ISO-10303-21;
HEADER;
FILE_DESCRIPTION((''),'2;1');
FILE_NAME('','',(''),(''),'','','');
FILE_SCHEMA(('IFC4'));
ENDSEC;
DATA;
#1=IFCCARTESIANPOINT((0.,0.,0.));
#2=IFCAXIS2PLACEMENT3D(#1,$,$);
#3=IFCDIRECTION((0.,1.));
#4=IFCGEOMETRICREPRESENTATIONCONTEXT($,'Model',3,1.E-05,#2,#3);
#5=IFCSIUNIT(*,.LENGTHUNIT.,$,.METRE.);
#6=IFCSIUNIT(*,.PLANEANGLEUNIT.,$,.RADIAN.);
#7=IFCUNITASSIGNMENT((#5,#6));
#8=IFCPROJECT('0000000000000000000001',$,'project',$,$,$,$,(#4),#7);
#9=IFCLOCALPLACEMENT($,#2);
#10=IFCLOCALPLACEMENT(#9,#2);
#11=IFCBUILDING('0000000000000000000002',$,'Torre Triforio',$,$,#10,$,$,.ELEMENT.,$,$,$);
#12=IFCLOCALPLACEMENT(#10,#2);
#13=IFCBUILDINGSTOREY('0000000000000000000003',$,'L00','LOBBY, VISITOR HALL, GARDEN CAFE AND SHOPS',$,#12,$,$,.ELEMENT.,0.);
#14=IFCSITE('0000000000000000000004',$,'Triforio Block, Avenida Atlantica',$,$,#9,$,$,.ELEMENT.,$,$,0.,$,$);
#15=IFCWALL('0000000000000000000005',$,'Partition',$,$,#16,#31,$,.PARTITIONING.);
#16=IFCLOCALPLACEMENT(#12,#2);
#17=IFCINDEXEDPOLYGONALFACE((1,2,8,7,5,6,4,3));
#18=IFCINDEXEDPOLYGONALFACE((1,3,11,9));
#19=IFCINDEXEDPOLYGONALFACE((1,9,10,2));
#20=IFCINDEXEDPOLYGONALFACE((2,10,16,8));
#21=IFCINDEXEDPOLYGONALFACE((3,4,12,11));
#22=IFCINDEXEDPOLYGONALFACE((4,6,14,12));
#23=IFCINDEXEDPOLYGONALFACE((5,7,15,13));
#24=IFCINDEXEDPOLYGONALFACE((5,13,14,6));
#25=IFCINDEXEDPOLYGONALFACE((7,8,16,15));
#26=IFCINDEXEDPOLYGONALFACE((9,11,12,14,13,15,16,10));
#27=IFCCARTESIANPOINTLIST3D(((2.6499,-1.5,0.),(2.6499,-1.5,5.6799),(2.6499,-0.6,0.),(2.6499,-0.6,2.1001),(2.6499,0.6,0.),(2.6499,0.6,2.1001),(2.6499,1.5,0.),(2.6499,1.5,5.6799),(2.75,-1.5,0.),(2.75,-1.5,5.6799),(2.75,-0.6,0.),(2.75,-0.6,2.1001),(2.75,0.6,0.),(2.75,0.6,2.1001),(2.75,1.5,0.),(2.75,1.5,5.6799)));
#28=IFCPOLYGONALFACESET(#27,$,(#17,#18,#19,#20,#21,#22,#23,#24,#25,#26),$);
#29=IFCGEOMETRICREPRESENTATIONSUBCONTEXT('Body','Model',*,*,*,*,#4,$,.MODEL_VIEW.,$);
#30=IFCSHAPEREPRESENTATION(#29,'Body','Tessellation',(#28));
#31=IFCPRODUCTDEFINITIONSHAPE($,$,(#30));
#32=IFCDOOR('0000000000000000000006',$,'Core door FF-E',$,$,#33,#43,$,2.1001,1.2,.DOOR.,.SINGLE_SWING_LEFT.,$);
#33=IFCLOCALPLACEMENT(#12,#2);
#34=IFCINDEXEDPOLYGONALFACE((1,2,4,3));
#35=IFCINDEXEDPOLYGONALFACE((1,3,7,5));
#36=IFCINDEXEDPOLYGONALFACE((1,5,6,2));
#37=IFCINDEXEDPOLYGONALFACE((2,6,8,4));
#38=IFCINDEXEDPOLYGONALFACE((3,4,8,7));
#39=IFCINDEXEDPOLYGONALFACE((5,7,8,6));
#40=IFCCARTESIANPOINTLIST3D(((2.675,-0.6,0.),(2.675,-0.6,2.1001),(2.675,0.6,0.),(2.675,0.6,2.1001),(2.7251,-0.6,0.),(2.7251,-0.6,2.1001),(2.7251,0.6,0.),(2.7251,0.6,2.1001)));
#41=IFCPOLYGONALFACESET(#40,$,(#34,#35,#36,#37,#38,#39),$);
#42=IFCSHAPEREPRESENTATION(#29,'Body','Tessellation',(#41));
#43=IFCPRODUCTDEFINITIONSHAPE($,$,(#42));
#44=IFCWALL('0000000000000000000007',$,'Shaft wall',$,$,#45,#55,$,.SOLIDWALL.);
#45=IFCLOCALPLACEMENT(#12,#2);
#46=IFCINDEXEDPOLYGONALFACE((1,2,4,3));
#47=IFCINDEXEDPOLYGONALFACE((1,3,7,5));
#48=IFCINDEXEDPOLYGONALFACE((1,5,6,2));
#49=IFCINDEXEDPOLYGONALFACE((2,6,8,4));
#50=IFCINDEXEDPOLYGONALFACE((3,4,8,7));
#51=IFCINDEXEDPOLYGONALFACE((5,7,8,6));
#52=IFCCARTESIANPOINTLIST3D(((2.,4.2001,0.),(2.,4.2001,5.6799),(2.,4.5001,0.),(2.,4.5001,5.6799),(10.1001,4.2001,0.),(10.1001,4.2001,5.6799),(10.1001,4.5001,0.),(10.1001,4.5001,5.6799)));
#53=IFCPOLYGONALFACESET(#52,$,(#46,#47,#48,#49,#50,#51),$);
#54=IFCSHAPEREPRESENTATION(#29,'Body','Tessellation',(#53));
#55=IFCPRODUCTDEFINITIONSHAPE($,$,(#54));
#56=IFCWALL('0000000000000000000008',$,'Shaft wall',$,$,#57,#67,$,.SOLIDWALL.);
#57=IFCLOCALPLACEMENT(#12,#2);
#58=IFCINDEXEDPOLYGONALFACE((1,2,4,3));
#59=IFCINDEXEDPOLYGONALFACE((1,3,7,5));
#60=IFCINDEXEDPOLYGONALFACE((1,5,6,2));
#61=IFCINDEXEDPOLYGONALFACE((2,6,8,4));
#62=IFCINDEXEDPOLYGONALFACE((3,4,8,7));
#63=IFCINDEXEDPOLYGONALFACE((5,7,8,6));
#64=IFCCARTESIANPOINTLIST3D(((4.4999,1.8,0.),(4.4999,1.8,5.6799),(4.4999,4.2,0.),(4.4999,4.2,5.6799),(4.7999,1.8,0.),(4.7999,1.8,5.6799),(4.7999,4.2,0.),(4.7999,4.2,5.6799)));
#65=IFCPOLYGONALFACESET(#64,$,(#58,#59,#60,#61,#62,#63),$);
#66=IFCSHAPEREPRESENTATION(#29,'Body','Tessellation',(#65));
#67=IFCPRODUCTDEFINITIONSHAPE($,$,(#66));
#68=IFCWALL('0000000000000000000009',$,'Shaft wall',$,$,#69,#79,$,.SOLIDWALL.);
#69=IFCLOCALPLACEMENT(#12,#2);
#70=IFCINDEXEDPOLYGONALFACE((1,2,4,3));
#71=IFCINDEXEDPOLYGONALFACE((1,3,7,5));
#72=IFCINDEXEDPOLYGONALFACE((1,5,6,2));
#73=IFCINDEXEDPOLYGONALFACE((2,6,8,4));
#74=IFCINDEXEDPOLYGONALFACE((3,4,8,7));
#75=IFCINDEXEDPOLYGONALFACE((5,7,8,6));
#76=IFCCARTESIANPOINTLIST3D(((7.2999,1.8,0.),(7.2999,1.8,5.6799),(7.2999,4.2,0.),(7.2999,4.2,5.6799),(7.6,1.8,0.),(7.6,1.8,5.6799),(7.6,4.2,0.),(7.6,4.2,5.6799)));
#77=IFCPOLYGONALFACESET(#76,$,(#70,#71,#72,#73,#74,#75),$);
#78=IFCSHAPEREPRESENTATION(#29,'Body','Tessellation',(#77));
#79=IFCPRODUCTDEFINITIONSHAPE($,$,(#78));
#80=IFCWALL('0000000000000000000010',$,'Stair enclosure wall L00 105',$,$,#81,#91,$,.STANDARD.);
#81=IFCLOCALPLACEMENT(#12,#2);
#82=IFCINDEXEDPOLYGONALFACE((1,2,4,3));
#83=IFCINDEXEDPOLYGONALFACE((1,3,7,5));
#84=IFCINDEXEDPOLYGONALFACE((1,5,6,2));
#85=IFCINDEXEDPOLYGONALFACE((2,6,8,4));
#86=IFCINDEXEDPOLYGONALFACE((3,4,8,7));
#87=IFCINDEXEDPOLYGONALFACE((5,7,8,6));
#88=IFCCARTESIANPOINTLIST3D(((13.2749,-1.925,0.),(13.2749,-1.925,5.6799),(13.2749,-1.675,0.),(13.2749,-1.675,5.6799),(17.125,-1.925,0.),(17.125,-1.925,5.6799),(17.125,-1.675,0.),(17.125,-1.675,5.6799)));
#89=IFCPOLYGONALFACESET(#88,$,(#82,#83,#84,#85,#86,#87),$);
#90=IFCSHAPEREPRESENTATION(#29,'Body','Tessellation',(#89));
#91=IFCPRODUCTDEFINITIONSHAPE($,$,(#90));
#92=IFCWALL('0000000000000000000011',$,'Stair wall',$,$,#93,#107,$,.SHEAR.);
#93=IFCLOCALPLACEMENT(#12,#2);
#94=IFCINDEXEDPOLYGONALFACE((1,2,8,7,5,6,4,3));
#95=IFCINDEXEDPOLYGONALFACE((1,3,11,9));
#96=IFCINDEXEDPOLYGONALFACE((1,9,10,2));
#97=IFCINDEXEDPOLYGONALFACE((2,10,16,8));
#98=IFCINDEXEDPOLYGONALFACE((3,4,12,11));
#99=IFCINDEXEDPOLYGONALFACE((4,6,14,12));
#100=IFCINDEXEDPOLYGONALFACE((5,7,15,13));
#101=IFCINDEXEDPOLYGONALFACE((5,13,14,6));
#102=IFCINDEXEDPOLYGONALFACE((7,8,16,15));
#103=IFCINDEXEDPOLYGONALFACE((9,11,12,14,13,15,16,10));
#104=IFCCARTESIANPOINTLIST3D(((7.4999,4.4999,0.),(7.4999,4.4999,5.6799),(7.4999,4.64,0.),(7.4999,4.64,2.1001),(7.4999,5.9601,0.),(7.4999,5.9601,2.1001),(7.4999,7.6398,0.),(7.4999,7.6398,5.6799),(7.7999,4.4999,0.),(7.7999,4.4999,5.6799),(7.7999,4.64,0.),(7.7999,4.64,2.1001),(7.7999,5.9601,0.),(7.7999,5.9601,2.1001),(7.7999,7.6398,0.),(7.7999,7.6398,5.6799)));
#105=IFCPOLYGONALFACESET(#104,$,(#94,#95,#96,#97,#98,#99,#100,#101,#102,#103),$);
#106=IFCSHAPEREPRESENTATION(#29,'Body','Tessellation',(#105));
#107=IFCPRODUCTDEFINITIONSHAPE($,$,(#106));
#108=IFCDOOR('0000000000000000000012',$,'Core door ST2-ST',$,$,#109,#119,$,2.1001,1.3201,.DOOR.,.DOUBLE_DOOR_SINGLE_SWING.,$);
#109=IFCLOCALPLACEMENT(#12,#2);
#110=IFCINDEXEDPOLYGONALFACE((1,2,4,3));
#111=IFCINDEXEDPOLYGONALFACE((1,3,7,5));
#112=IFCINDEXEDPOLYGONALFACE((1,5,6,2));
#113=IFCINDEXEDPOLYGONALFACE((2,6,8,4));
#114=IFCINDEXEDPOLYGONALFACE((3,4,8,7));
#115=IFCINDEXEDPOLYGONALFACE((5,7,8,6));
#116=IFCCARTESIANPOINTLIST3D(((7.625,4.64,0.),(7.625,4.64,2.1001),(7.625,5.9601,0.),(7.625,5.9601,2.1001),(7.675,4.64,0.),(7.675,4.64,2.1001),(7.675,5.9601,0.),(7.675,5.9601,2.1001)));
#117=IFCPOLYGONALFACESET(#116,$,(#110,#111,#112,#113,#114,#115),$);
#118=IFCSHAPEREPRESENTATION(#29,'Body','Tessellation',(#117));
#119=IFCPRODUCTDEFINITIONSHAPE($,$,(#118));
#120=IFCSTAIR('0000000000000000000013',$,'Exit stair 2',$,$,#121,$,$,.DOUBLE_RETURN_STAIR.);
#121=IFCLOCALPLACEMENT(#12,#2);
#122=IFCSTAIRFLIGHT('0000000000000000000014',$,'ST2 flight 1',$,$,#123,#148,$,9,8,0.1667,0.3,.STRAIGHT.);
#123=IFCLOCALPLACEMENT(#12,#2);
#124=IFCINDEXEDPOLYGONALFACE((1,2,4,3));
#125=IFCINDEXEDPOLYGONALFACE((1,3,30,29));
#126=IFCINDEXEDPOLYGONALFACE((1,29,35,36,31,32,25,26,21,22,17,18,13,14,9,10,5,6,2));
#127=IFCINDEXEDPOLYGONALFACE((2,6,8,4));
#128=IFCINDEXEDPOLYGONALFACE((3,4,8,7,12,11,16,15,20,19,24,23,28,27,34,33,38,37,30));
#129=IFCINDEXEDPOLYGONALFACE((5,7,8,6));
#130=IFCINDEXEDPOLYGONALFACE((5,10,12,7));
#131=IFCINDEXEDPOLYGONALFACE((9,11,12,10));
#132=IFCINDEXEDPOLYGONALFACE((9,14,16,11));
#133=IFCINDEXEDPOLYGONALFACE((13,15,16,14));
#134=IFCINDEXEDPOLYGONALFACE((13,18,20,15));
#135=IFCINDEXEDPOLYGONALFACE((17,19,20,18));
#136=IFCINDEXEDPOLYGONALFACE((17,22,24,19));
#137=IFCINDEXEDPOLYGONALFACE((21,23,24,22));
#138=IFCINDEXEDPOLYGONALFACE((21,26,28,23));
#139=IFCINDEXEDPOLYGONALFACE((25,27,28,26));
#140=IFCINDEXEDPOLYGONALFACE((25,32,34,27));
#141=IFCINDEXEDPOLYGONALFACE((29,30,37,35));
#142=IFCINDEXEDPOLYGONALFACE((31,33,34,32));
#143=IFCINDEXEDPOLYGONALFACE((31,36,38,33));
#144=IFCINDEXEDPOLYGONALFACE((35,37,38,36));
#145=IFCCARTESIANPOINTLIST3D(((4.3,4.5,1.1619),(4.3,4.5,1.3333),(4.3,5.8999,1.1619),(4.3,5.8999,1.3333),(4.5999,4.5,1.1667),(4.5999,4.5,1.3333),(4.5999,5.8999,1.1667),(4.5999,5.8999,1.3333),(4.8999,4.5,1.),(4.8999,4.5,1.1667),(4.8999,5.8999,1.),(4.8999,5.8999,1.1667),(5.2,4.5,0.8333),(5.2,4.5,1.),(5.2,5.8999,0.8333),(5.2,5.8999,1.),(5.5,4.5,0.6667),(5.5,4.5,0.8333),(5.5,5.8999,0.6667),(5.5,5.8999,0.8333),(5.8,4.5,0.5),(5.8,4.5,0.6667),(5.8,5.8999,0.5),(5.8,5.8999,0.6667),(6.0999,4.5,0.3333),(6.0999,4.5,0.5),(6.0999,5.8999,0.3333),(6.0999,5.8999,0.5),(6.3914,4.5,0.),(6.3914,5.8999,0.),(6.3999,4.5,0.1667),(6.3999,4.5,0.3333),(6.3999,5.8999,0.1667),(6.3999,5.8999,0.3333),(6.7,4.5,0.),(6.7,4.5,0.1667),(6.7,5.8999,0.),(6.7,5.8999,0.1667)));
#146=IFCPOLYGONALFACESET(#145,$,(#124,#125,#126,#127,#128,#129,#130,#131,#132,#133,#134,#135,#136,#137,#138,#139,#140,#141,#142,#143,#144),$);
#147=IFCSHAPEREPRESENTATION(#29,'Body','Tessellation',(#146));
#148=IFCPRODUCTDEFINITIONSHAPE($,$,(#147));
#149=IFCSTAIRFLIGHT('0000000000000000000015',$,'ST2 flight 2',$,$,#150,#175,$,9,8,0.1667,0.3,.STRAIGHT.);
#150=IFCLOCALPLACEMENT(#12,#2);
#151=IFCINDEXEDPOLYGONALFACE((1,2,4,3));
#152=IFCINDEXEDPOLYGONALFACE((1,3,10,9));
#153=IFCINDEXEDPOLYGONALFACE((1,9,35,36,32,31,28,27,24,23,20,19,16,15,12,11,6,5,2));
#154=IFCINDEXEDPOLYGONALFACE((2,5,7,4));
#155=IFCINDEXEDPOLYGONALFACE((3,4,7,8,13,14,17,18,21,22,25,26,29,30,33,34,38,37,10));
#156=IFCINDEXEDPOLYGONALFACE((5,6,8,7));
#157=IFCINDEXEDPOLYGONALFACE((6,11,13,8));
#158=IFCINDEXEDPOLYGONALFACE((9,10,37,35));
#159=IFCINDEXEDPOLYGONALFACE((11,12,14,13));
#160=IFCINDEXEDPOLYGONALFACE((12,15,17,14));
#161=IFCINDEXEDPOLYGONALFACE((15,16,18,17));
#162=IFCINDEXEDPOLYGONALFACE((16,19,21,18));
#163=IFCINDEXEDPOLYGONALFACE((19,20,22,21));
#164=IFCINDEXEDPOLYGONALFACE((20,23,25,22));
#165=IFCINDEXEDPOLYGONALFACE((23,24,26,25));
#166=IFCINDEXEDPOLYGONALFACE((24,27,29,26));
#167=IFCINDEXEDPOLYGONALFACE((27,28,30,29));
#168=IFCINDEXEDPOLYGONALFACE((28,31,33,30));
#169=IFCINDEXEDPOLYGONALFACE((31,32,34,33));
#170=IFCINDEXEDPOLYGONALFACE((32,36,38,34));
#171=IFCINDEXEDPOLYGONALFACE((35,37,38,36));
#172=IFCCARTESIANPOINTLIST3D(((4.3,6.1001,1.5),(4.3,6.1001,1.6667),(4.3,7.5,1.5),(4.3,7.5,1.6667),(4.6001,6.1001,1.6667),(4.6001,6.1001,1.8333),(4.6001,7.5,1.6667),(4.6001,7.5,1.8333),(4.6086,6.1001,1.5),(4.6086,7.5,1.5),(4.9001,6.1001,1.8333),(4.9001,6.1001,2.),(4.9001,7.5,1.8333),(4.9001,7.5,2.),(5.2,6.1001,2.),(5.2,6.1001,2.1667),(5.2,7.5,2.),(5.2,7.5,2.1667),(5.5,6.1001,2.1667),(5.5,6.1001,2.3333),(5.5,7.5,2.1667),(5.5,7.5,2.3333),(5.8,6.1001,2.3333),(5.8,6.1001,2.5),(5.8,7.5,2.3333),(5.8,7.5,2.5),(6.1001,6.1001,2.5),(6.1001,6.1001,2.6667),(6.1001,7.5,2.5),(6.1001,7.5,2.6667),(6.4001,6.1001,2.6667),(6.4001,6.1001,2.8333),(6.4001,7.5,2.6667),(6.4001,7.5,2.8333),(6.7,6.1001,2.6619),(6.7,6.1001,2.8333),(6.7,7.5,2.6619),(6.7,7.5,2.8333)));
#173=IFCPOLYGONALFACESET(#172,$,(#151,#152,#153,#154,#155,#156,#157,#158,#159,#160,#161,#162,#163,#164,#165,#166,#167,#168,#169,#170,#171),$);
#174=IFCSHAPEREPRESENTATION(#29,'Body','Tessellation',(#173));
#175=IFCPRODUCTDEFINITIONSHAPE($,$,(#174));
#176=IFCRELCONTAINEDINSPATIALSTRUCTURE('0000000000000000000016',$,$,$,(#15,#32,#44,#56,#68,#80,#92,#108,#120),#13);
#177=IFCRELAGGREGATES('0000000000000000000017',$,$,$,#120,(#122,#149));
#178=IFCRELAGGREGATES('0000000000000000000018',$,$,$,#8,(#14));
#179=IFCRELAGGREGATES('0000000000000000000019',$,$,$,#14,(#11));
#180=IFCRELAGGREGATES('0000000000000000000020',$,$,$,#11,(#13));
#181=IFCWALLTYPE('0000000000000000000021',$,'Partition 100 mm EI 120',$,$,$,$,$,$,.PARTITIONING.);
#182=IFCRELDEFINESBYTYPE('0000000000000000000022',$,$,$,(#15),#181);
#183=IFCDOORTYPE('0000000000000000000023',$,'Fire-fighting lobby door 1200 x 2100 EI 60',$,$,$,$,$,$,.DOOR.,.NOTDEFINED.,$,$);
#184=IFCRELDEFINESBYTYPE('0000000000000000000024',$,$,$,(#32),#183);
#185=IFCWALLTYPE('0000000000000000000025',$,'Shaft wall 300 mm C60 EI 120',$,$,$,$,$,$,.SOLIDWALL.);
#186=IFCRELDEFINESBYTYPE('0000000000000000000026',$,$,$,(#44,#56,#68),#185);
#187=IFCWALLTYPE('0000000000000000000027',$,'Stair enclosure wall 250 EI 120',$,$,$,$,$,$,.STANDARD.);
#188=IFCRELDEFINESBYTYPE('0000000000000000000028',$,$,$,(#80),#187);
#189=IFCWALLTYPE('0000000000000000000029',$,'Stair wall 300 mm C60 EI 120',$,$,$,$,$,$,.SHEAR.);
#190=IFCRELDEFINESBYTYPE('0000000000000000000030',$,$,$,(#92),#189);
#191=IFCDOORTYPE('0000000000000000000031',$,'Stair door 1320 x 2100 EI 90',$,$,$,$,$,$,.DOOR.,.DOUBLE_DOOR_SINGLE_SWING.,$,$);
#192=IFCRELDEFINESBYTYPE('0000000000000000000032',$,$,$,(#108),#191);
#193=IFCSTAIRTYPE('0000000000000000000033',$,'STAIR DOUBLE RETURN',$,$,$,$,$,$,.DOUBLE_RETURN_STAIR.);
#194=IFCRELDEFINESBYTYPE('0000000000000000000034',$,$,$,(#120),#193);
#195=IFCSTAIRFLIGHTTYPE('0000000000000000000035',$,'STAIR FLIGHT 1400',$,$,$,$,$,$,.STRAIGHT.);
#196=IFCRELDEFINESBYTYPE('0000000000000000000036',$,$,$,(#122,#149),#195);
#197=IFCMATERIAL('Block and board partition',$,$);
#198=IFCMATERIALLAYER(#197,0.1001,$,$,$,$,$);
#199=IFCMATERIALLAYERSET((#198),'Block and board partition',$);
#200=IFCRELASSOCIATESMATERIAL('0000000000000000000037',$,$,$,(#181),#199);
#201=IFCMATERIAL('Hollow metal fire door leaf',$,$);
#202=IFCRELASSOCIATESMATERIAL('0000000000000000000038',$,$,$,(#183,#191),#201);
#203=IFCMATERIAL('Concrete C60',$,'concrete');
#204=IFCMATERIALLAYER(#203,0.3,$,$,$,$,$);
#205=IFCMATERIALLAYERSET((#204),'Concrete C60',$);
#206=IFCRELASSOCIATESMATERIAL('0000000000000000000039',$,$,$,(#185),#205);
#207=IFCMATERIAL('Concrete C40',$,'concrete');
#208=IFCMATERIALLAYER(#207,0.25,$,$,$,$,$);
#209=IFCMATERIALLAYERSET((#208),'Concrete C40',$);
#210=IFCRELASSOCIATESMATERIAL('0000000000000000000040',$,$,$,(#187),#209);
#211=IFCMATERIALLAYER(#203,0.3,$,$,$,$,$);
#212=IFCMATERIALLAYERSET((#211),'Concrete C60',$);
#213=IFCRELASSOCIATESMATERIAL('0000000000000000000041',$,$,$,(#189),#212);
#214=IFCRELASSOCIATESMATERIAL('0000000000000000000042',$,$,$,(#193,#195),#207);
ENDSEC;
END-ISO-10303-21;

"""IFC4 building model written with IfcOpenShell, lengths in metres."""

from ifc_helpers import new_model, si_unit, direction, frame, frame_2d, origin, place, context, subcontext, project, spatial, polyline, rectangle, outline, extrude, material, layer, layer_set, type_object, element, fill, aggregate, save


model = new_model("IFC4")

# Units and contexts
model_context = context("Model", 3, precision=1e-05, world=origin(), true_north=direction((0.0, 1.0)))
body_context = subcontext(model_context, "Body", "Model", "MODEL_VIEW")
ifc_project = project(units=[si_unit("LENGTHUNIT", "METRE"), si_unit("PLANEANGLEUNIT", "RADIAN")], contexts=[model_context])

# Site, building, storey
site_placement = place(None, origin())
site = spatial("IfcSite", under=ifc_project, at=site_placement, Name="Triforio Block, Avenida Atlantica", CompositionType="ELEMENT", RefElevation=0.0)
building_placement = place(site_placement, origin())
building = spatial("IfcBuilding", under=site, at=building_placement, Name="Torre Triforio", CompositionType="ELEMENT")
storey_placement = place(building_placement, origin())
storey = spatial("IfcBuildingStorey", under=building, at=storey_placement, Name="L00", Description="LOBBY, VISITOR HALL, GARDEN CAFE AND SHOPS", CompositionType="ELEMENT", Elevation=0.0)

# Wall, opening, door
ifc_material_1 = material(Name="Block and board partition")
ifc_layer_1 = layer(ifc_material_1, 0.1001)
ifc_layer_set_1 = layer_set([ifc_layer_1], Name="Block and board partition")
wall_type_1 = type_object("IfcWallType", Name="Partition 100 mm EI 120", PredefinedType="PARTITIONING", material=ifc_layer_set_1)
wall_1_placement = place(storey_placement, frame((2.7, -1.5, 0.0), z_axis=(0.0, 0.0, 1.0), x_axis=(0.0, 1.0, 0.0)))
wall_1 = element("IfcWall", 1, at=wall_1_placement, inside=storey, type_object=wall_type_1, Name="Partition", PredefinedType="PARTITIONING", context=body_context, shape_type="SweptSolid", body=[
    extrude(rectangle(XDim=3.0, YDim=0.1001, at=frame_2d((1.5, 0.0))), origin(), (0.0, 0.0, 1.0), 5.6799),
])
opening_1_placement = place(wall_1_placement, frame((0.8999, 0.0, 0.0)))
opening_1 = element("IfcOpeningElement", 2, at=opening_1_placement, cuts=wall_1, PredefinedType="OPENING", context=body_context, shape_type="SweptSolid", body=[
    extrude(rectangle(XDim=1.2, YDim=2.1001, at=frame_2d((0.6001, 1.05))), frame((0.0, 0.0601, 0.0), z_axis=(0.0, -1.0, 0.0), x_axis=(1.0, 0.0, 0.0)), (0.0, 0.0, 1.0), 0.1201),
])
ifc_material_2 = material(Name="Hollow metal fire door leaf")
door_type_1 = type_object("IfcDoorType", Name="Fire-fighting lobby door 1200 x 2100 EI 60", OperationType="NOTDEFINED", PredefinedType="DOOR", material=ifc_material_2)
door_1_placement = place(opening_1_placement, origin())
door_1 = element("IfcDoor", 3, at=door_1_placement, inside=storey, type_object=door_type_1, Name="Core door FF-E", OperationType="SINGLE_SWING_LEFT", OverallHeight=2.1001, OverallWidth=1.2, PredefinedType="DOOR", context=body_context, shape_type="SweptSolid", body=[
    extrude(rectangle(XDim=1.2, YDim=2.1001, at=frame_2d((0.6001, 1.05))), frame((0.0, 0.0249, 0.0), z_axis=(0.0, -1.0, 0.0), x_axis=(1.0, 0.0, 0.0)), (0.0, 0.0, 1.0), 0.05),
])
fill(opening_1, door_1)

# Walls
ifc_material_3 = material(Name="Concrete C60", Category="concrete")
ifc_layer_2 = layer(ifc_material_3, 0.3)
ifc_layer_set_2 = layer_set([ifc_layer_2], Name="Concrete C60")
wall_type_2 = type_object("IfcWallType", Name="Shaft wall 300 mm C60 EI 120", PredefinedType="SOLIDWALL", material=ifc_layer_set_2)
wall_2_placement = place(storey_placement, frame((2.0, 4.3501, 0.0), z_axis=(0.0, 0.0, 1.0), x_axis=(1.0, 0.0, 0.0)))
element("IfcWall", 4, at=wall_2_placement, inside=storey, type_object=wall_type_2, Name="Shaft wall", PredefinedType="SOLIDWALL", context=body_context, shape_type="SweptSolid", body=[
    extrude(rectangle(XDim=8.1001, YDim=0.3, at=frame_2d((4.05, 0.0))), origin(), (0.0, 0.0, 1.0), 5.6799),
])
for number, where, z_axis, x_axis, name in (
    (5, (4.6499, 1.8, 0.0), (0.0, 0.0, 1.0), (0.0, 1.0, 0.0), "Shaft wall"),
    (6, (7.45, 1.8, 0.0), (0.0, 0.0, 1.0), (0.0, 1.0, 0.0), "Shaft wall"),
):
    element("IfcWall", number, at=place(storey_placement, frame(where, z_axis=z_axis, x_axis=x_axis)), inside=storey, type_object=wall_type_2, Name=name, PredefinedType="SOLIDWALL", context=body_context, shape_type="SweptSolid", body=[
        extrude(rectangle(XDim=2.3999, YDim=0.3, at=frame_2d((1.2, 0.0))), origin(), (0.0, 0.0, 1.0), 5.6799),
    ])
ifc_material_4 = material(Name="Concrete C40", Category="concrete")
ifc_layer_3 = layer(ifc_material_4, 0.25)
ifc_layer_set_3 = layer_set([ifc_layer_3], Name="Concrete C40")
wall_type_3 = type_object("IfcWallType", Name="Stair enclosure wall 250 EI 120", PredefinedType="STANDARD", material=ifc_layer_set_3)
wall_3_placement = place(storey_placement, frame((13.2749, -1.8, 0.0), z_axis=(0.0, 0.0, 1.0), x_axis=(1.0, 0.0, 0.0)))
element("IfcWall", 7, at=wall_3_placement, inside=storey, type_object=wall_type_3, Name="Stair enclosure wall L00 105", PredefinedType="STANDARD", context=body_context, shape_type="SweptSolid", body=[
    extrude(rectangle(XDim=3.8501, YDim=0.25, at=frame_2d((1.925, 0.0))), origin(), (0.0, 0.0, 1.0), 5.6799),
])

# Wall, opening, door
ifc_layer_4 = layer(ifc_material_3, 0.3)
ifc_layer_set_4 = layer_set([ifc_layer_4], Name="Concrete C60")
wall_type_4 = type_object("IfcWallType", Name="Stair wall 300 mm C60 EI 120", PredefinedType="SHEAR", material=ifc_layer_set_4)
wall_4_placement = place(storey_placement, frame((7.6499, 4.5, 0.0), z_axis=(0.0, 0.0, 1.0), x_axis=(0.0, 1.0, 0.0)))
wall_4 = element("IfcWall", 8, at=wall_4_placement, inside=storey, type_object=wall_type_4, Name="Stair wall", PredefinedType="SHEAR", context=body_context, shape_type="SweptSolid", body=[
    extrude(rectangle(XDim=3.1399, YDim=0.3, at=frame_2d((1.5698, 0.0))), origin(), (0.0, 0.0, 1.0), 5.6799),
])
opening_2_placement = place(wall_4_placement, frame((0.1399, 0.0, 0.0)))
opening_2 = element("IfcOpeningElement", 9, at=opening_2_placement, cuts=wall_4, PredefinedType="OPENING", context=body_context, shape_type="SweptSolid", body=[
    extrude(rectangle(XDim=1.3201, YDim=2.1001, at=frame_2d((0.6602, 1.05))), frame((0.0, 0.1599, 0.0), z_axis=(0.0, -1.0, 0.0), x_axis=(1.0, 0.0, 0.0)), (0.0, 0.0, 1.0), 0.3201),
])
door_type_2 = type_object("IfcDoorType", Name="Stair door 1320 x 2100 EI 90", OperationType="DOUBLE_DOOR_SINGLE_SWING", PredefinedType="DOOR", material=ifc_material_2)
door_2_placement = place(opening_2_placement, origin())
door_2 = element("IfcDoor", 10, at=door_2_placement, inside=storey, type_object=door_type_2, Name="Core door ST2-ST", OperationType="DOUBLE_DOOR_SINGLE_SWING", OverallHeight=2.1001, OverallWidth=1.3201, PredefinedType="DOOR", context=body_context, shape_type="SweptSolid", body=[
    extrude(rectangle(XDim=1.3201, YDim=2.1001, at=frame_2d((0.6602, 1.05))), frame((0.0, 0.0249, 0.0), z_axis=(0.0, -1.0, 0.0), x_axis=(1.0, 0.0, 0.0)), (0.0, 0.0, 1.0), 0.05),
])
fill(opening_2, door_2)

# Stair, stair flights
stair_type = type_object("IfcStairType", Name="STAIR DOUBLE RETURN", PredefinedType="DOUBLE_RETURN_STAIR", material=ifc_material_4)
stair_placement = place(storey_placement, origin())
stair = element("IfcStair", 11, at=stair_placement, inside=storey, type_object=stair_type, Name="Exit stair 2", PredefinedType="DOUBLE_RETURN_STAIR")
stair_flight_type = type_object("IfcStairFlightType", Name="STAIR FLIGHT 1400", PredefinedType="STRAIGHT", material=ifc_material_4)
stair_flight_1_placement = place(storey_placement, frame((6.7, 5.2, 0.0), z_axis=(0.0, 0.0, 1.0), x_axis=(-1.0, 0.0, 0.0)))
stair_flight_1 = element("IfcStairFlight", 12, at=stair_flight_1_placement, type_object=stair_flight_type, Name="ST2 flight 1", NumberOfRisers=9, NumberOfTreads=8, PredefinedType="STRAIGHT", RiserHeight=0.1667, TreadLength=0.3, context=body_context, shape_type="SweptSolid", body=[
    extrude(outline(polyline([(0.0, 0.0), (0.0, 0.1667), (0.3, 0.1667), (0.3, 0.3333), (0.6001, 0.3333), (0.6001, 0.5), (0.8999, 0.5), (0.8999, 0.6667), (1.2, 0.6667), (1.2, 0.8333), (1.5, 0.8333), (1.5, 1.0), (1.8, 1.0), (1.8, 1.1667), (2.1001, 1.1667), (2.1001, 1.3333), (2.3999, 1.3333), (2.3999, 1.5), (2.3999, 1.1619), (0.3086, 0.0), (0.0, 0.0)])), frame((0.0, 0.7, 0.0), z_axis=(0.0, -1.0, 0.0), x_axis=(1.0, 0.0, 0.0)), (0.0, 0.0, 1.0), 1.3999),
])
stair_flight_2_placement = place(storey_placement, frame((4.3, 6.8, 1.5), z_axis=(0.0, 0.0, 1.0), x_axis=(1.0, 0.0, 0.0)))
stair_flight_2 = element("IfcStairFlight", 13, at=stair_flight_2_placement, type_object=stair_flight_type, Name="ST2 flight 2", NumberOfRisers=9, NumberOfTreads=8, PredefinedType="STRAIGHT", RiserHeight=0.1667, TreadLength=0.3, context=body_context, shape_type="SweptSolid", body=[
    extrude(outline(polyline([(0.0, 0.0), (0.0, 0.1667), (0.3, 0.1667), (0.3, 0.3333), (0.6001, 0.3333), (0.6001, 0.5), (0.8999, 0.5), (0.8999, 0.6667), (1.2, 0.6667), (1.2, 0.8333), (1.5, 0.8333), (1.5, 1.0), (1.8, 1.0), (1.8, 1.1667), (2.1001, 1.1667), (2.1001, 1.3333), (2.3999, 1.3333), (2.3999, 1.5), (2.3999, 1.1619), (0.3086, 0.0), (0.0, 0.0)])), frame((0.0, 0.7, 0.0), z_axis=(0.0, -1.0, 0.0), x_axis=(1.0, 0.0, 0.0)), (0.0, 0.0, 1.0), 1.3999),
])
aggregate(stair, [stair_flight_1, stair_flight_2])

save(model, "model.ifc")
